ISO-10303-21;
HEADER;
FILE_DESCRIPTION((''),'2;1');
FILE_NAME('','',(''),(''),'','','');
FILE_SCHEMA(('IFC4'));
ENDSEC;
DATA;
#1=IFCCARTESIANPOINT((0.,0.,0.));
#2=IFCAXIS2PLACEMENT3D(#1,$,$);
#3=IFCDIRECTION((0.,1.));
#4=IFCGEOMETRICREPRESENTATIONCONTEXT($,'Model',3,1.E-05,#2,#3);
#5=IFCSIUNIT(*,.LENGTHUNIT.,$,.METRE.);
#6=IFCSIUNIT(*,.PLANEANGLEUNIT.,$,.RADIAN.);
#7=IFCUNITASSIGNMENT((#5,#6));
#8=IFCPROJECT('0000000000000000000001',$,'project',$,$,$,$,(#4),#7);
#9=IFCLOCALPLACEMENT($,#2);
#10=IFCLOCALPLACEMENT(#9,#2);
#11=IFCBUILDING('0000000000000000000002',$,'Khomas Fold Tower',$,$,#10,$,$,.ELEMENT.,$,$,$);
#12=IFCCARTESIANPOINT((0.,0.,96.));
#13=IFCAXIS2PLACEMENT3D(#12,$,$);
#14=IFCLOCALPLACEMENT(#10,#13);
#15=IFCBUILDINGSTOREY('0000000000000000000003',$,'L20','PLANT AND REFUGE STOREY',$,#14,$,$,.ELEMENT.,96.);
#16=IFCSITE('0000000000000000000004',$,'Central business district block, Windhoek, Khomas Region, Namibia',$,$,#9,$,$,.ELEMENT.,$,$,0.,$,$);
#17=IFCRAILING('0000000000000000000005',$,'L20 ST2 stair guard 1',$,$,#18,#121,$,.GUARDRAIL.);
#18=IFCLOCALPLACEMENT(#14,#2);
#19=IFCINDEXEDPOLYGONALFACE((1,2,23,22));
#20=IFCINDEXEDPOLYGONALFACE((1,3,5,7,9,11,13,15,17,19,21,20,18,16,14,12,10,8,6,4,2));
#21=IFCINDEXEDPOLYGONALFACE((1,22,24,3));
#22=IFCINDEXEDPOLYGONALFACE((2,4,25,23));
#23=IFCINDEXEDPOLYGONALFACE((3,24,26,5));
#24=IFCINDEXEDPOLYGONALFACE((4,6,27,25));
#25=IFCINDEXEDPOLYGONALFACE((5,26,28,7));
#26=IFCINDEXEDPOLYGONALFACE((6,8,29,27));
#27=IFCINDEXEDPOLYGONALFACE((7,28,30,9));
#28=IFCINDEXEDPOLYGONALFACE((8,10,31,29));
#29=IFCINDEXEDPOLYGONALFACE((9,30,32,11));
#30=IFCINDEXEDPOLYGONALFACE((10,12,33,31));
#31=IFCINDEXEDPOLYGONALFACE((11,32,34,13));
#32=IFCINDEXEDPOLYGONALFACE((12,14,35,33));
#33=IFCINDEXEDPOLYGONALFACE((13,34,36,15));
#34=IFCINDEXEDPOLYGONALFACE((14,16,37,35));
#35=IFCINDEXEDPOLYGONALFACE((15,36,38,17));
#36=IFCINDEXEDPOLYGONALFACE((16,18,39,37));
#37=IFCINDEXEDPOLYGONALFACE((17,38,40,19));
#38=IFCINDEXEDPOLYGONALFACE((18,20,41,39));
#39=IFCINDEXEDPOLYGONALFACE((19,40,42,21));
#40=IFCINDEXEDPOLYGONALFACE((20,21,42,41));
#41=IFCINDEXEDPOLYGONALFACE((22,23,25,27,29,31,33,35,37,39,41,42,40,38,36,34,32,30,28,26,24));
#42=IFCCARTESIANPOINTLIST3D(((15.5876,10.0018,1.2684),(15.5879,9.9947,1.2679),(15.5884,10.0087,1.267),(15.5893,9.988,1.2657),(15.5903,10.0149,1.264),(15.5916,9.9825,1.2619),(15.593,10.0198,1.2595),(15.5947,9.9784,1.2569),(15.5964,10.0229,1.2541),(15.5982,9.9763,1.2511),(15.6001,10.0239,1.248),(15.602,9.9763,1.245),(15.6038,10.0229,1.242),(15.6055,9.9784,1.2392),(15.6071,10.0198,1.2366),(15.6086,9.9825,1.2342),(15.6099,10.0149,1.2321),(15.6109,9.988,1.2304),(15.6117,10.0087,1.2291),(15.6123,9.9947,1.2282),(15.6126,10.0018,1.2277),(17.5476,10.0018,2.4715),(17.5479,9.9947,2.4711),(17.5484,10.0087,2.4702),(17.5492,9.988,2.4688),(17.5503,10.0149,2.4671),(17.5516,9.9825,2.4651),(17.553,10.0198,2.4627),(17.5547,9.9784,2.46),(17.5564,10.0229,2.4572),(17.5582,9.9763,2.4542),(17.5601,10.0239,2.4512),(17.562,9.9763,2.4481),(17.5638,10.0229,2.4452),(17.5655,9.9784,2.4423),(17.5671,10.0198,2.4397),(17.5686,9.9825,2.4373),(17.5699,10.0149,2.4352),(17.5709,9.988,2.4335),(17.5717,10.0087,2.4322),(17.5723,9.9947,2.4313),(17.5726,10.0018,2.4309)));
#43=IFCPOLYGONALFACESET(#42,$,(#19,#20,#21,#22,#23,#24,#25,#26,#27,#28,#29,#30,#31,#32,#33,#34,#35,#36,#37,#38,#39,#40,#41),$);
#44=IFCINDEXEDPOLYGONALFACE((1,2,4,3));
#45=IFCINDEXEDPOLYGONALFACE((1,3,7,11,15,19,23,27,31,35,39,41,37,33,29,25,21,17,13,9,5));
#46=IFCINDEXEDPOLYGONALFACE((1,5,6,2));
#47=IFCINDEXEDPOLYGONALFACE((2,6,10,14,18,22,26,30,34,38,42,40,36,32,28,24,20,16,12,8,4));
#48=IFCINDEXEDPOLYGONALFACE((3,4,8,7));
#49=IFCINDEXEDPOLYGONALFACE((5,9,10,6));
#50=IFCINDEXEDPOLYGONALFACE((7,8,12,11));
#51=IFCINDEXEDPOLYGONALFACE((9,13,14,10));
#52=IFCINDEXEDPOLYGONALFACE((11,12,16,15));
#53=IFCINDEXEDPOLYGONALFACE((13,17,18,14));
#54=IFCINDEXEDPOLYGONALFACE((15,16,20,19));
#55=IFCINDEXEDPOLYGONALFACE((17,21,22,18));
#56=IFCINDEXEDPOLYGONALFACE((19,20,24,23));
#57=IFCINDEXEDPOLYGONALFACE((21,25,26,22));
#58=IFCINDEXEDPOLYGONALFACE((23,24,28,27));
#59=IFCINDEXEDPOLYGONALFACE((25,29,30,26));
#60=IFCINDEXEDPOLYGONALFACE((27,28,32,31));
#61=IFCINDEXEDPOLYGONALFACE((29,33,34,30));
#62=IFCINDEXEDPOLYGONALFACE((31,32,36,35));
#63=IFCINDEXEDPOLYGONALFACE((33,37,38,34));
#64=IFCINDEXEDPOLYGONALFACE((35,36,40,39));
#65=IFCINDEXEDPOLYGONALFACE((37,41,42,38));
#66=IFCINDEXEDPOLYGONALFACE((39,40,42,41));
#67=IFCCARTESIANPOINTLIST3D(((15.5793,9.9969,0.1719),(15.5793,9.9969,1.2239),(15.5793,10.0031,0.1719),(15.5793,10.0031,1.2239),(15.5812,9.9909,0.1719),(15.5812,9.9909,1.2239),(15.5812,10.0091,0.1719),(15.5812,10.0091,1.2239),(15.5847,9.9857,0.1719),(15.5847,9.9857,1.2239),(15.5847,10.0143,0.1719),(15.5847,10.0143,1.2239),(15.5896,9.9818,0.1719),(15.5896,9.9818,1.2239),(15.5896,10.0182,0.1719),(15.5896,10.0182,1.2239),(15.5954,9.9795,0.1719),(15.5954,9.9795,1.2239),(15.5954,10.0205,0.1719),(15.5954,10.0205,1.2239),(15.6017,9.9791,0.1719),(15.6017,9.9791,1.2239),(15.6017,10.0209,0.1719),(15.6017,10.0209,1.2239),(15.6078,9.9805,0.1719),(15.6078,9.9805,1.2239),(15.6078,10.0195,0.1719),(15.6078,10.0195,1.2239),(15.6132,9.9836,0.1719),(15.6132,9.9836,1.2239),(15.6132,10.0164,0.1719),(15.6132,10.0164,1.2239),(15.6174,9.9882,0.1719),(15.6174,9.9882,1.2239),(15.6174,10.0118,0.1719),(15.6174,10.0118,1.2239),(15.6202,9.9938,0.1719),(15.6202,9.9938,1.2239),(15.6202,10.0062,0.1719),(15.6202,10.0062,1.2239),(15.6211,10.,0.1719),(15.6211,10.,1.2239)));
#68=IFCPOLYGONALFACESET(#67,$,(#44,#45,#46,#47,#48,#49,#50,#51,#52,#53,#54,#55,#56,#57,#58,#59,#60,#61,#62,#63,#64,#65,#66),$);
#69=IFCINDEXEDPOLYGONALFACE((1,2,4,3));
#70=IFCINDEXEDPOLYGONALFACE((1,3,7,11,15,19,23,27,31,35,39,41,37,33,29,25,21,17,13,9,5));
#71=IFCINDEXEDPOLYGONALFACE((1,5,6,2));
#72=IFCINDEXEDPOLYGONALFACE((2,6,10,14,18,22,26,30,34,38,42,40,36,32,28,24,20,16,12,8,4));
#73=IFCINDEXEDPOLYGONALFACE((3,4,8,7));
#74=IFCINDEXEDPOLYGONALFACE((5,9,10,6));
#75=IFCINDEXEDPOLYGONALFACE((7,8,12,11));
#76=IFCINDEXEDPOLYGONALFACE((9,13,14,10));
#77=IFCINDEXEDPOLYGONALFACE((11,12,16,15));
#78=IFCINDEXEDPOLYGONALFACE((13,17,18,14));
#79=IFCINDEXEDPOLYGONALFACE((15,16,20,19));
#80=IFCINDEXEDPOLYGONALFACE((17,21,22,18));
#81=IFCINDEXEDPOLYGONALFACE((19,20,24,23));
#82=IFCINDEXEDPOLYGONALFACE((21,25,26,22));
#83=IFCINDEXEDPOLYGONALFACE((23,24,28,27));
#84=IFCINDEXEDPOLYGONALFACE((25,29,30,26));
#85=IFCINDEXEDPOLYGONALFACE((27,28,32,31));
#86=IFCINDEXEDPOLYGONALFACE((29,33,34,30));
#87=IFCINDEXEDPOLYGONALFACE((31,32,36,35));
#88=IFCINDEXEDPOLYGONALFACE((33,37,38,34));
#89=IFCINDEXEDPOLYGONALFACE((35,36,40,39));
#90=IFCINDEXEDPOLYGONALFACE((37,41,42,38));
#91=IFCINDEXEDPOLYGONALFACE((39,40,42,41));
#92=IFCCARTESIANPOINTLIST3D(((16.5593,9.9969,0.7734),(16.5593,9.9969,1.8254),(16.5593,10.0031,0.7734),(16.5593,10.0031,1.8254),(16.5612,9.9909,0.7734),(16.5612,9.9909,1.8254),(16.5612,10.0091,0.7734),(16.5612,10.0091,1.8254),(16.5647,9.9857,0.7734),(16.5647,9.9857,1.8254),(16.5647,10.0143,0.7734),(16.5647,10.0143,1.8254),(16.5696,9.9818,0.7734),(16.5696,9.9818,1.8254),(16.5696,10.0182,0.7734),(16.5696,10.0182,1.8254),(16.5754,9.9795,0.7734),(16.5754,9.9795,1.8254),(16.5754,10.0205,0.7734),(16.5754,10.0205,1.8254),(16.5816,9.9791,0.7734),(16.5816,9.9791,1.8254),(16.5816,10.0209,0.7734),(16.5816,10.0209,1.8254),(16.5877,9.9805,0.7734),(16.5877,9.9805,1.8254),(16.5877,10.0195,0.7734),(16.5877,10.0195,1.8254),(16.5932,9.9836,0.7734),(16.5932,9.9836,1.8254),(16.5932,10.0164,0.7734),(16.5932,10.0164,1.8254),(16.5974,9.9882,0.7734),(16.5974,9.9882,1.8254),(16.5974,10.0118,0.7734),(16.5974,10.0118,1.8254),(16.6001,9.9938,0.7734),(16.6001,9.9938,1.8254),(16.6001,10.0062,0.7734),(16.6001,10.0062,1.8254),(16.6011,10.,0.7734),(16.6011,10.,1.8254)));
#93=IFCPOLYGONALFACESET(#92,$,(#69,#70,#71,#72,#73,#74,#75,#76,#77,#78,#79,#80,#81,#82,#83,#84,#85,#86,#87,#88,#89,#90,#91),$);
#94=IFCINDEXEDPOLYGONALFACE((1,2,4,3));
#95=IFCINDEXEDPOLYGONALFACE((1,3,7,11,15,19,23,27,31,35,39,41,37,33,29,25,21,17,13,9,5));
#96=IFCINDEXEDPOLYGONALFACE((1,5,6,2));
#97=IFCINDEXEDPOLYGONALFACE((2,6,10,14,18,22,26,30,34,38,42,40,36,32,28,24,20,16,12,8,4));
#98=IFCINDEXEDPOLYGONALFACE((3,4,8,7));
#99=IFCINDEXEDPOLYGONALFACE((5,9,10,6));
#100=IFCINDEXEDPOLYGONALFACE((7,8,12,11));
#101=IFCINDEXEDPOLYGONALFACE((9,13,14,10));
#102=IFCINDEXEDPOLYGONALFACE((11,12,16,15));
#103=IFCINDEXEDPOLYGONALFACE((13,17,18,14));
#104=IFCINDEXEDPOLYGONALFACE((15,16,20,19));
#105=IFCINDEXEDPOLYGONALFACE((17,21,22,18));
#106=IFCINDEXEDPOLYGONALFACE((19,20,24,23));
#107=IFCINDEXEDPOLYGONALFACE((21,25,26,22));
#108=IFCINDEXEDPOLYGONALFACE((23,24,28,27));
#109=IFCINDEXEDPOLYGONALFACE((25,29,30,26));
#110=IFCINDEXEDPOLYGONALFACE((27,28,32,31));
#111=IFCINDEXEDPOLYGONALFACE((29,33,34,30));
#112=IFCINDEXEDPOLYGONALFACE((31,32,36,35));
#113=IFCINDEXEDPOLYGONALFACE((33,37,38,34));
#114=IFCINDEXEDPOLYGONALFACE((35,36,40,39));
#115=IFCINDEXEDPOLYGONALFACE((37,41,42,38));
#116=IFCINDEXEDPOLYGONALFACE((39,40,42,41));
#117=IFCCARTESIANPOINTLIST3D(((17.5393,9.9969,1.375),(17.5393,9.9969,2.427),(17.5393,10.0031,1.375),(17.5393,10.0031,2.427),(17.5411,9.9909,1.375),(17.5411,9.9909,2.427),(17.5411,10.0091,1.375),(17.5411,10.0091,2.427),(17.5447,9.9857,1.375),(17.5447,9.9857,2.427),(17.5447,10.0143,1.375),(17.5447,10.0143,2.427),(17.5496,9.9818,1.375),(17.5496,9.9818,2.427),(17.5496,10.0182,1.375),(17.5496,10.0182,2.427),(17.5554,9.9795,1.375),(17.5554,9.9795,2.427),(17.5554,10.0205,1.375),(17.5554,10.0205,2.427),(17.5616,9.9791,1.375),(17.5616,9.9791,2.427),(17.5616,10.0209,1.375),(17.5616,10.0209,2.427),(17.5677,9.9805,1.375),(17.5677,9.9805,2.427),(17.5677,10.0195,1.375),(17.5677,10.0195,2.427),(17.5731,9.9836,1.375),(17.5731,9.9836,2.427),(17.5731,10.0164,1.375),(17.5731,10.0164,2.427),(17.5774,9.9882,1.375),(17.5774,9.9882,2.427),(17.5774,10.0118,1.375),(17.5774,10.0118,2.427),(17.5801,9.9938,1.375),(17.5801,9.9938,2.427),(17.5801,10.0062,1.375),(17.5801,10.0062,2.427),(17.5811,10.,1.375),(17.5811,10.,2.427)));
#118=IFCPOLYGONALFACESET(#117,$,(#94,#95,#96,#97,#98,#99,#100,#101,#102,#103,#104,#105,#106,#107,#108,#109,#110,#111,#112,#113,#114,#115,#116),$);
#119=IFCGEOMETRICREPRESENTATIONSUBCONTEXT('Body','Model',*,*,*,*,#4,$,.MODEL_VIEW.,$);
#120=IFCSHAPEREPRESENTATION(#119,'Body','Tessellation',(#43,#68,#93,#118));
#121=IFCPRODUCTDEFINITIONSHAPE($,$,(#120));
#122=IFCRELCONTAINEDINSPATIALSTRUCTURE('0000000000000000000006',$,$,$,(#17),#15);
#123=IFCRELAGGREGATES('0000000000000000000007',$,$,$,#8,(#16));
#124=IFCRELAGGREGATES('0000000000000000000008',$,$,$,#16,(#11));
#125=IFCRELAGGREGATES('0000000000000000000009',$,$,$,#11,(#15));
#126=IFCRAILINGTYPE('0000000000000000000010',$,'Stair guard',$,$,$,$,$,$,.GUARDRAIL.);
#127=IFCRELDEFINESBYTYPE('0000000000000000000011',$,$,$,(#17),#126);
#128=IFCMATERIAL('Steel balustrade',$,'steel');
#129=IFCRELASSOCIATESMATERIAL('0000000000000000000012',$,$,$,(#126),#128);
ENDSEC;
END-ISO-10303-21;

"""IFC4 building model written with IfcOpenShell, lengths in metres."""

from ifc_helpers import new_model, si_unit, direction, frame, origin, origin_2d, place, context, subcontext, project, spatial, circle, extrude, source, transform, mapped, material, type_object, element, save


model = new_model("IFC4")

# Units and contexts
model_context = context("Model", 3, precision=1e-05, world=origin(), true_north=direction((0.0, 1.0)))
body_context = subcontext(model_context, "Body", "Model", "MODEL_VIEW")
ifc_project = project(units=[si_unit("LENGTHUNIT", "METRE"), si_unit("PLANEANGLEUNIT", "RADIAN")], contexts=[model_context])

# Site, building, storey
site_placement = place(None, origin())
site = spatial("IfcSite", under=ifc_project, at=site_placement, Name="Central business district block, Windhoek, Khomas Region, Namibia", CompositionType="ELEMENT", RefElevation=0.0)
building_placement = place(site_placement, origin())
building = spatial("IfcBuilding", under=site, at=building_placement, Name="Khomas Fold Tower", CompositionType="ELEMENT")
storey_placement = place(building_placement, frame((0.0, 0.0, 96.0)))
storey = spatial("IfcBuildingStorey", under=building, at=storey_placement, Name="L20", Description="PLANT AND REFUGE STOREY", CompositionType="ELEMENT", Elevation=96.0)

# Railing
ifc_material_1 = material(Name="Steel balustrade", Category="steel")
railing_type_1 = type_object("IfcRailingType", Name="Stair guard", PredefinedType="GUARDRAIL", material=ifc_material_1)
shared_shape_1 = source(origin(), body_context, "Body", "SweptSolid", [
    extrude(circle(Radius=0.0239, at=origin_2d()), frame((0.0, 0.0, 1.0762), z_axis=(0.852241, 0.0, 0.523149), x_axis=(0.0, 1.0, 0.0)), (0.0, 0.0, 1.0), 2.2998),
    extrude(circle(Radius=0.021, at=origin_2d()), origin(), (0.0, 0.0, 1.0), 1.052),
    extrude(circle(Radius=0.021, at=origin_2d()), frame((0.98, 0.0, 0.6016)), (0.0, 0.0, 1.0), 1.052),
    extrude(circle(Radius=0.021, at=origin_2d()), frame((1.96, 0.0, 1.2031)), (0.0, 0.0, 1.0), 1.052),
])
for number, where, name in (
    (1, (15.6001, 10.0, 0.1719), "L20 ST2 stair guard 1"),
):
    element("IfcRailing", number, at=place(storey_placement, frame(where)), inside=storey, type_object=railing_type_1, Name=name, PredefinedType="GUARDRAIL", context=body_context, shape_type="MappedRepresentation", body=[
        mapped(shared_shape_1, transform((0.0, 0.0, 0.0))),
    ])

save(model, "model.ifc")
